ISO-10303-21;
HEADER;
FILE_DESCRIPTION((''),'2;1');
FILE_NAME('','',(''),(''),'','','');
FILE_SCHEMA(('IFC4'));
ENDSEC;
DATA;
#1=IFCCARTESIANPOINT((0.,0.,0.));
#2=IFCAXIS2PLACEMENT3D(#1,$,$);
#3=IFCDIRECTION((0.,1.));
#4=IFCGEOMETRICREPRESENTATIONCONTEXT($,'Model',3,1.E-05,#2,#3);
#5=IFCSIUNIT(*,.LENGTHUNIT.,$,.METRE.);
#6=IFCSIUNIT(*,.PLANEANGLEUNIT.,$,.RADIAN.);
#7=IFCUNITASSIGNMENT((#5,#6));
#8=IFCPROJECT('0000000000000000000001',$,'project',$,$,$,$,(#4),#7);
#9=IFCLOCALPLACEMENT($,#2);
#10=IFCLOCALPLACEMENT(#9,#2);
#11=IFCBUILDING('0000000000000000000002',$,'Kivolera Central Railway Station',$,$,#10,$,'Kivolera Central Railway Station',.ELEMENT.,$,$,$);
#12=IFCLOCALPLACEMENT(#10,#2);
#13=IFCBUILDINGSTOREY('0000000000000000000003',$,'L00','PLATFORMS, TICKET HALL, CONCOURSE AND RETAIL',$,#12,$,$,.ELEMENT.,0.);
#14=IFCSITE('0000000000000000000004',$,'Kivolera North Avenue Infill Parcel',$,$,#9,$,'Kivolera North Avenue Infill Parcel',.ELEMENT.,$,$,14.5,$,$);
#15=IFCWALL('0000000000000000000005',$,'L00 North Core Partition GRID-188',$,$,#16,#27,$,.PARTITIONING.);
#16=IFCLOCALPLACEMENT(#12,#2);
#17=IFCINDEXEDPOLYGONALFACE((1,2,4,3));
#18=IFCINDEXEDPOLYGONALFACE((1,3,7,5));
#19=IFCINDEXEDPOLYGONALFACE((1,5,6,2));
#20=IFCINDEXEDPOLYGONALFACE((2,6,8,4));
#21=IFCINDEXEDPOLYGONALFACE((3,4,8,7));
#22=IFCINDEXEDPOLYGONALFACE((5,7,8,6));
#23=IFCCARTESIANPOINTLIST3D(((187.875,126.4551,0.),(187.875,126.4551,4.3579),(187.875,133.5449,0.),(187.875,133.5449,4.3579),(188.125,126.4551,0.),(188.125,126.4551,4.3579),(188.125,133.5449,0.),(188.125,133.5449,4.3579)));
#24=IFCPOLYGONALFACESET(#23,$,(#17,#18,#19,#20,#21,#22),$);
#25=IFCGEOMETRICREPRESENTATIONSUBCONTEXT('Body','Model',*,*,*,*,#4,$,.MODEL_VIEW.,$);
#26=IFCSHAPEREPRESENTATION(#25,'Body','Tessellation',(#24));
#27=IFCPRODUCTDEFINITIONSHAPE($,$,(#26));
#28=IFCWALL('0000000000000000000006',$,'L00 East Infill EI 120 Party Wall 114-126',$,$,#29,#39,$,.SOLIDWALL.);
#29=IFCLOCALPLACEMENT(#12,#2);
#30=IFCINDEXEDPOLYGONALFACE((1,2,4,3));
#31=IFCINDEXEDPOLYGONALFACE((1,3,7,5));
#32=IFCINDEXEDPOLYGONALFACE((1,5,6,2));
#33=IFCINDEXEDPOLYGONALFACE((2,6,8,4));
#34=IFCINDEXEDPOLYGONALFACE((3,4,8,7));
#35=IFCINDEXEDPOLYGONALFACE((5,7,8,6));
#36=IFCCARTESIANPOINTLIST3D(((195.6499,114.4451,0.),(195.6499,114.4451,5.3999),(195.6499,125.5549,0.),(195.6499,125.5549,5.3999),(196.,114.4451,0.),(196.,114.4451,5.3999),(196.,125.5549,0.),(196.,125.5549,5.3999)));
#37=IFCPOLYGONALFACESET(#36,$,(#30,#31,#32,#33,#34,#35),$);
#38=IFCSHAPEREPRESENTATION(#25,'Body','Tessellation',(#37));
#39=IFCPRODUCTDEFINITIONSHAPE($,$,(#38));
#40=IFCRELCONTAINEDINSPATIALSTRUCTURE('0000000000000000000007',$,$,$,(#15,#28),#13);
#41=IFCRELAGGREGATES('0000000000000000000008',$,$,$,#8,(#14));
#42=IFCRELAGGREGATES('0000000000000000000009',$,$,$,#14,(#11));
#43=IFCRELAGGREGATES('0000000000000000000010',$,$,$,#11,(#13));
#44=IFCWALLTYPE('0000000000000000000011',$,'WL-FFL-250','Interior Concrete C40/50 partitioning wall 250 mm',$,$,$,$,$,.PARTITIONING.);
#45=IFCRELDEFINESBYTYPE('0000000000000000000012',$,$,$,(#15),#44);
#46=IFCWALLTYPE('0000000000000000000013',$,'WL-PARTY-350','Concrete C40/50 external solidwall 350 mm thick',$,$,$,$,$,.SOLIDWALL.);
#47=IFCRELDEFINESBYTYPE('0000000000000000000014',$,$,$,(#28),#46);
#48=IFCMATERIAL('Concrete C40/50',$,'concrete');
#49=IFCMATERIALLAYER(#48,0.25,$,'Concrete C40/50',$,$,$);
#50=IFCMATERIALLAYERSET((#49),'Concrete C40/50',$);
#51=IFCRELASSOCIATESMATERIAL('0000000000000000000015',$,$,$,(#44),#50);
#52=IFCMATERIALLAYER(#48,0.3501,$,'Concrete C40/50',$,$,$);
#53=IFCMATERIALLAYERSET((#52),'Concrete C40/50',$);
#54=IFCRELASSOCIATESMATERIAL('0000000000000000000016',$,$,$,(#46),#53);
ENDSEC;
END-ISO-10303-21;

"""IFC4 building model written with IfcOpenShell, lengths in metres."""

from ifc_helpers import new_model, si_unit, direction, frame, frame_2d, origin, place, context, subcontext, project, spatial, rectangle, extrude, material, layer, layer_set, type_object, element, save


model = new_model("IFC4")

# Units and contexts
model_context = context("Model", 3, precision=1e-05, world=origin(), true_north=direction((0.0, 1.0)))
body_context = subcontext(model_context, "Body", "Model", "MODEL_VIEW")
ifc_project = project(units=[si_unit("LENGTHUNIT", "METRE"), si_unit("PLANEANGLEUNIT", "RADIAN")], contexts=[model_context])

# Site, building, storey
site_placement = place(None, origin())
site = spatial("IfcSite", under=ifc_project, at=site_placement, Name="Kivolera North Avenue Infill Parcel", LongName="Kivolera North Avenue Infill Parcel", CompositionType="ELEMENT", RefElevation=14.5)
building_placement = place(site_placement, origin())
building = spatial("IfcBuilding", under=site, at=building_placement, Name="Kivolera Central Railway Station", LongName="Kivolera Central Railway Station", CompositionType="ELEMENT")
storey_placement = place(building_placement, origin())
storey = spatial("IfcBuildingStorey", under=building, at=storey_placement, Name="L00", Description="PLATFORMS, TICKET HALL, CONCOURSE AND RETAIL", CompositionType="ELEMENT", Elevation=0.0)

# Shared definitions
ifc_material_1 = material(Name="Concrete C40/50", Category="concrete")

# Shared definitions
ifc_layer_1 = layer(ifc_material_1, 0.25, Name="Concrete C40/50")
ifc_layer_set_1 = layer_set([ifc_layer_1], Name="Concrete C40/50")
wall_type_1 = type_object("IfcWallType", Name="WL-FFL-250", Description="Interior Concrete C40/50 partitioning wall 250 mm", PredefinedType="PARTITIONING", material=ifc_layer_set_1)

# Walls
wall_1_placement = place(storey_placement, frame((188.0, 126.4551, 0.0), z_axis=(0.0, 0.0, 1.0), x_axis=(0.0, 1.0, 0.0)))
element("IfcWall", 1, at=wall_1_placement, inside=storey, type_object=wall_type_1, Name="L00 North Core Partition GRID-188", PredefinedType="PARTITIONING", context=body_context, shape_type="SweptSolid", body=[
    extrude(rectangle(XDim=7.0898, YDim=0.25, at=frame_2d((3.5449, 0.0))), origin(), (0.0, 0.0, 1.0), 4.3579),
])
ifc_layer_2 = layer(ifc_material_1, 0.3501, Name="Concrete C40/50")
ifc_layer_set_2 = layer_set([ifc_layer_2], Name="Concrete C40/50")
wall_type_2 = type_object("IfcWallType", Name="WL-PARTY-350", Description="Concrete C40/50 external solidwall 350 mm thick", PredefinedType="SOLIDWALL", material=ifc_layer_set_2)
wall_2_placement = place(storey_placement, frame((195.825, 125.5549, 0.0), z_axis=(0.0, 0.0, 1.0), x_axis=(0.0, -1.0, 0.0)))
element("IfcWall", 2, at=wall_2_placement, inside=storey, type_object=wall_type_2, Name="L00 East Infill EI 120 Party Wall 114-126", PredefinedType="SOLIDWALL", context=body_context, shape_type="SweptSolid", body=[
    extrude(rectangle(XDim=11.1099, YDim=0.3501, at=frame_2d((5.5549, 0.0))), origin(), (0.0, 0.0, 1.0), 5.3999),
])

save(model, "model.ifc")
